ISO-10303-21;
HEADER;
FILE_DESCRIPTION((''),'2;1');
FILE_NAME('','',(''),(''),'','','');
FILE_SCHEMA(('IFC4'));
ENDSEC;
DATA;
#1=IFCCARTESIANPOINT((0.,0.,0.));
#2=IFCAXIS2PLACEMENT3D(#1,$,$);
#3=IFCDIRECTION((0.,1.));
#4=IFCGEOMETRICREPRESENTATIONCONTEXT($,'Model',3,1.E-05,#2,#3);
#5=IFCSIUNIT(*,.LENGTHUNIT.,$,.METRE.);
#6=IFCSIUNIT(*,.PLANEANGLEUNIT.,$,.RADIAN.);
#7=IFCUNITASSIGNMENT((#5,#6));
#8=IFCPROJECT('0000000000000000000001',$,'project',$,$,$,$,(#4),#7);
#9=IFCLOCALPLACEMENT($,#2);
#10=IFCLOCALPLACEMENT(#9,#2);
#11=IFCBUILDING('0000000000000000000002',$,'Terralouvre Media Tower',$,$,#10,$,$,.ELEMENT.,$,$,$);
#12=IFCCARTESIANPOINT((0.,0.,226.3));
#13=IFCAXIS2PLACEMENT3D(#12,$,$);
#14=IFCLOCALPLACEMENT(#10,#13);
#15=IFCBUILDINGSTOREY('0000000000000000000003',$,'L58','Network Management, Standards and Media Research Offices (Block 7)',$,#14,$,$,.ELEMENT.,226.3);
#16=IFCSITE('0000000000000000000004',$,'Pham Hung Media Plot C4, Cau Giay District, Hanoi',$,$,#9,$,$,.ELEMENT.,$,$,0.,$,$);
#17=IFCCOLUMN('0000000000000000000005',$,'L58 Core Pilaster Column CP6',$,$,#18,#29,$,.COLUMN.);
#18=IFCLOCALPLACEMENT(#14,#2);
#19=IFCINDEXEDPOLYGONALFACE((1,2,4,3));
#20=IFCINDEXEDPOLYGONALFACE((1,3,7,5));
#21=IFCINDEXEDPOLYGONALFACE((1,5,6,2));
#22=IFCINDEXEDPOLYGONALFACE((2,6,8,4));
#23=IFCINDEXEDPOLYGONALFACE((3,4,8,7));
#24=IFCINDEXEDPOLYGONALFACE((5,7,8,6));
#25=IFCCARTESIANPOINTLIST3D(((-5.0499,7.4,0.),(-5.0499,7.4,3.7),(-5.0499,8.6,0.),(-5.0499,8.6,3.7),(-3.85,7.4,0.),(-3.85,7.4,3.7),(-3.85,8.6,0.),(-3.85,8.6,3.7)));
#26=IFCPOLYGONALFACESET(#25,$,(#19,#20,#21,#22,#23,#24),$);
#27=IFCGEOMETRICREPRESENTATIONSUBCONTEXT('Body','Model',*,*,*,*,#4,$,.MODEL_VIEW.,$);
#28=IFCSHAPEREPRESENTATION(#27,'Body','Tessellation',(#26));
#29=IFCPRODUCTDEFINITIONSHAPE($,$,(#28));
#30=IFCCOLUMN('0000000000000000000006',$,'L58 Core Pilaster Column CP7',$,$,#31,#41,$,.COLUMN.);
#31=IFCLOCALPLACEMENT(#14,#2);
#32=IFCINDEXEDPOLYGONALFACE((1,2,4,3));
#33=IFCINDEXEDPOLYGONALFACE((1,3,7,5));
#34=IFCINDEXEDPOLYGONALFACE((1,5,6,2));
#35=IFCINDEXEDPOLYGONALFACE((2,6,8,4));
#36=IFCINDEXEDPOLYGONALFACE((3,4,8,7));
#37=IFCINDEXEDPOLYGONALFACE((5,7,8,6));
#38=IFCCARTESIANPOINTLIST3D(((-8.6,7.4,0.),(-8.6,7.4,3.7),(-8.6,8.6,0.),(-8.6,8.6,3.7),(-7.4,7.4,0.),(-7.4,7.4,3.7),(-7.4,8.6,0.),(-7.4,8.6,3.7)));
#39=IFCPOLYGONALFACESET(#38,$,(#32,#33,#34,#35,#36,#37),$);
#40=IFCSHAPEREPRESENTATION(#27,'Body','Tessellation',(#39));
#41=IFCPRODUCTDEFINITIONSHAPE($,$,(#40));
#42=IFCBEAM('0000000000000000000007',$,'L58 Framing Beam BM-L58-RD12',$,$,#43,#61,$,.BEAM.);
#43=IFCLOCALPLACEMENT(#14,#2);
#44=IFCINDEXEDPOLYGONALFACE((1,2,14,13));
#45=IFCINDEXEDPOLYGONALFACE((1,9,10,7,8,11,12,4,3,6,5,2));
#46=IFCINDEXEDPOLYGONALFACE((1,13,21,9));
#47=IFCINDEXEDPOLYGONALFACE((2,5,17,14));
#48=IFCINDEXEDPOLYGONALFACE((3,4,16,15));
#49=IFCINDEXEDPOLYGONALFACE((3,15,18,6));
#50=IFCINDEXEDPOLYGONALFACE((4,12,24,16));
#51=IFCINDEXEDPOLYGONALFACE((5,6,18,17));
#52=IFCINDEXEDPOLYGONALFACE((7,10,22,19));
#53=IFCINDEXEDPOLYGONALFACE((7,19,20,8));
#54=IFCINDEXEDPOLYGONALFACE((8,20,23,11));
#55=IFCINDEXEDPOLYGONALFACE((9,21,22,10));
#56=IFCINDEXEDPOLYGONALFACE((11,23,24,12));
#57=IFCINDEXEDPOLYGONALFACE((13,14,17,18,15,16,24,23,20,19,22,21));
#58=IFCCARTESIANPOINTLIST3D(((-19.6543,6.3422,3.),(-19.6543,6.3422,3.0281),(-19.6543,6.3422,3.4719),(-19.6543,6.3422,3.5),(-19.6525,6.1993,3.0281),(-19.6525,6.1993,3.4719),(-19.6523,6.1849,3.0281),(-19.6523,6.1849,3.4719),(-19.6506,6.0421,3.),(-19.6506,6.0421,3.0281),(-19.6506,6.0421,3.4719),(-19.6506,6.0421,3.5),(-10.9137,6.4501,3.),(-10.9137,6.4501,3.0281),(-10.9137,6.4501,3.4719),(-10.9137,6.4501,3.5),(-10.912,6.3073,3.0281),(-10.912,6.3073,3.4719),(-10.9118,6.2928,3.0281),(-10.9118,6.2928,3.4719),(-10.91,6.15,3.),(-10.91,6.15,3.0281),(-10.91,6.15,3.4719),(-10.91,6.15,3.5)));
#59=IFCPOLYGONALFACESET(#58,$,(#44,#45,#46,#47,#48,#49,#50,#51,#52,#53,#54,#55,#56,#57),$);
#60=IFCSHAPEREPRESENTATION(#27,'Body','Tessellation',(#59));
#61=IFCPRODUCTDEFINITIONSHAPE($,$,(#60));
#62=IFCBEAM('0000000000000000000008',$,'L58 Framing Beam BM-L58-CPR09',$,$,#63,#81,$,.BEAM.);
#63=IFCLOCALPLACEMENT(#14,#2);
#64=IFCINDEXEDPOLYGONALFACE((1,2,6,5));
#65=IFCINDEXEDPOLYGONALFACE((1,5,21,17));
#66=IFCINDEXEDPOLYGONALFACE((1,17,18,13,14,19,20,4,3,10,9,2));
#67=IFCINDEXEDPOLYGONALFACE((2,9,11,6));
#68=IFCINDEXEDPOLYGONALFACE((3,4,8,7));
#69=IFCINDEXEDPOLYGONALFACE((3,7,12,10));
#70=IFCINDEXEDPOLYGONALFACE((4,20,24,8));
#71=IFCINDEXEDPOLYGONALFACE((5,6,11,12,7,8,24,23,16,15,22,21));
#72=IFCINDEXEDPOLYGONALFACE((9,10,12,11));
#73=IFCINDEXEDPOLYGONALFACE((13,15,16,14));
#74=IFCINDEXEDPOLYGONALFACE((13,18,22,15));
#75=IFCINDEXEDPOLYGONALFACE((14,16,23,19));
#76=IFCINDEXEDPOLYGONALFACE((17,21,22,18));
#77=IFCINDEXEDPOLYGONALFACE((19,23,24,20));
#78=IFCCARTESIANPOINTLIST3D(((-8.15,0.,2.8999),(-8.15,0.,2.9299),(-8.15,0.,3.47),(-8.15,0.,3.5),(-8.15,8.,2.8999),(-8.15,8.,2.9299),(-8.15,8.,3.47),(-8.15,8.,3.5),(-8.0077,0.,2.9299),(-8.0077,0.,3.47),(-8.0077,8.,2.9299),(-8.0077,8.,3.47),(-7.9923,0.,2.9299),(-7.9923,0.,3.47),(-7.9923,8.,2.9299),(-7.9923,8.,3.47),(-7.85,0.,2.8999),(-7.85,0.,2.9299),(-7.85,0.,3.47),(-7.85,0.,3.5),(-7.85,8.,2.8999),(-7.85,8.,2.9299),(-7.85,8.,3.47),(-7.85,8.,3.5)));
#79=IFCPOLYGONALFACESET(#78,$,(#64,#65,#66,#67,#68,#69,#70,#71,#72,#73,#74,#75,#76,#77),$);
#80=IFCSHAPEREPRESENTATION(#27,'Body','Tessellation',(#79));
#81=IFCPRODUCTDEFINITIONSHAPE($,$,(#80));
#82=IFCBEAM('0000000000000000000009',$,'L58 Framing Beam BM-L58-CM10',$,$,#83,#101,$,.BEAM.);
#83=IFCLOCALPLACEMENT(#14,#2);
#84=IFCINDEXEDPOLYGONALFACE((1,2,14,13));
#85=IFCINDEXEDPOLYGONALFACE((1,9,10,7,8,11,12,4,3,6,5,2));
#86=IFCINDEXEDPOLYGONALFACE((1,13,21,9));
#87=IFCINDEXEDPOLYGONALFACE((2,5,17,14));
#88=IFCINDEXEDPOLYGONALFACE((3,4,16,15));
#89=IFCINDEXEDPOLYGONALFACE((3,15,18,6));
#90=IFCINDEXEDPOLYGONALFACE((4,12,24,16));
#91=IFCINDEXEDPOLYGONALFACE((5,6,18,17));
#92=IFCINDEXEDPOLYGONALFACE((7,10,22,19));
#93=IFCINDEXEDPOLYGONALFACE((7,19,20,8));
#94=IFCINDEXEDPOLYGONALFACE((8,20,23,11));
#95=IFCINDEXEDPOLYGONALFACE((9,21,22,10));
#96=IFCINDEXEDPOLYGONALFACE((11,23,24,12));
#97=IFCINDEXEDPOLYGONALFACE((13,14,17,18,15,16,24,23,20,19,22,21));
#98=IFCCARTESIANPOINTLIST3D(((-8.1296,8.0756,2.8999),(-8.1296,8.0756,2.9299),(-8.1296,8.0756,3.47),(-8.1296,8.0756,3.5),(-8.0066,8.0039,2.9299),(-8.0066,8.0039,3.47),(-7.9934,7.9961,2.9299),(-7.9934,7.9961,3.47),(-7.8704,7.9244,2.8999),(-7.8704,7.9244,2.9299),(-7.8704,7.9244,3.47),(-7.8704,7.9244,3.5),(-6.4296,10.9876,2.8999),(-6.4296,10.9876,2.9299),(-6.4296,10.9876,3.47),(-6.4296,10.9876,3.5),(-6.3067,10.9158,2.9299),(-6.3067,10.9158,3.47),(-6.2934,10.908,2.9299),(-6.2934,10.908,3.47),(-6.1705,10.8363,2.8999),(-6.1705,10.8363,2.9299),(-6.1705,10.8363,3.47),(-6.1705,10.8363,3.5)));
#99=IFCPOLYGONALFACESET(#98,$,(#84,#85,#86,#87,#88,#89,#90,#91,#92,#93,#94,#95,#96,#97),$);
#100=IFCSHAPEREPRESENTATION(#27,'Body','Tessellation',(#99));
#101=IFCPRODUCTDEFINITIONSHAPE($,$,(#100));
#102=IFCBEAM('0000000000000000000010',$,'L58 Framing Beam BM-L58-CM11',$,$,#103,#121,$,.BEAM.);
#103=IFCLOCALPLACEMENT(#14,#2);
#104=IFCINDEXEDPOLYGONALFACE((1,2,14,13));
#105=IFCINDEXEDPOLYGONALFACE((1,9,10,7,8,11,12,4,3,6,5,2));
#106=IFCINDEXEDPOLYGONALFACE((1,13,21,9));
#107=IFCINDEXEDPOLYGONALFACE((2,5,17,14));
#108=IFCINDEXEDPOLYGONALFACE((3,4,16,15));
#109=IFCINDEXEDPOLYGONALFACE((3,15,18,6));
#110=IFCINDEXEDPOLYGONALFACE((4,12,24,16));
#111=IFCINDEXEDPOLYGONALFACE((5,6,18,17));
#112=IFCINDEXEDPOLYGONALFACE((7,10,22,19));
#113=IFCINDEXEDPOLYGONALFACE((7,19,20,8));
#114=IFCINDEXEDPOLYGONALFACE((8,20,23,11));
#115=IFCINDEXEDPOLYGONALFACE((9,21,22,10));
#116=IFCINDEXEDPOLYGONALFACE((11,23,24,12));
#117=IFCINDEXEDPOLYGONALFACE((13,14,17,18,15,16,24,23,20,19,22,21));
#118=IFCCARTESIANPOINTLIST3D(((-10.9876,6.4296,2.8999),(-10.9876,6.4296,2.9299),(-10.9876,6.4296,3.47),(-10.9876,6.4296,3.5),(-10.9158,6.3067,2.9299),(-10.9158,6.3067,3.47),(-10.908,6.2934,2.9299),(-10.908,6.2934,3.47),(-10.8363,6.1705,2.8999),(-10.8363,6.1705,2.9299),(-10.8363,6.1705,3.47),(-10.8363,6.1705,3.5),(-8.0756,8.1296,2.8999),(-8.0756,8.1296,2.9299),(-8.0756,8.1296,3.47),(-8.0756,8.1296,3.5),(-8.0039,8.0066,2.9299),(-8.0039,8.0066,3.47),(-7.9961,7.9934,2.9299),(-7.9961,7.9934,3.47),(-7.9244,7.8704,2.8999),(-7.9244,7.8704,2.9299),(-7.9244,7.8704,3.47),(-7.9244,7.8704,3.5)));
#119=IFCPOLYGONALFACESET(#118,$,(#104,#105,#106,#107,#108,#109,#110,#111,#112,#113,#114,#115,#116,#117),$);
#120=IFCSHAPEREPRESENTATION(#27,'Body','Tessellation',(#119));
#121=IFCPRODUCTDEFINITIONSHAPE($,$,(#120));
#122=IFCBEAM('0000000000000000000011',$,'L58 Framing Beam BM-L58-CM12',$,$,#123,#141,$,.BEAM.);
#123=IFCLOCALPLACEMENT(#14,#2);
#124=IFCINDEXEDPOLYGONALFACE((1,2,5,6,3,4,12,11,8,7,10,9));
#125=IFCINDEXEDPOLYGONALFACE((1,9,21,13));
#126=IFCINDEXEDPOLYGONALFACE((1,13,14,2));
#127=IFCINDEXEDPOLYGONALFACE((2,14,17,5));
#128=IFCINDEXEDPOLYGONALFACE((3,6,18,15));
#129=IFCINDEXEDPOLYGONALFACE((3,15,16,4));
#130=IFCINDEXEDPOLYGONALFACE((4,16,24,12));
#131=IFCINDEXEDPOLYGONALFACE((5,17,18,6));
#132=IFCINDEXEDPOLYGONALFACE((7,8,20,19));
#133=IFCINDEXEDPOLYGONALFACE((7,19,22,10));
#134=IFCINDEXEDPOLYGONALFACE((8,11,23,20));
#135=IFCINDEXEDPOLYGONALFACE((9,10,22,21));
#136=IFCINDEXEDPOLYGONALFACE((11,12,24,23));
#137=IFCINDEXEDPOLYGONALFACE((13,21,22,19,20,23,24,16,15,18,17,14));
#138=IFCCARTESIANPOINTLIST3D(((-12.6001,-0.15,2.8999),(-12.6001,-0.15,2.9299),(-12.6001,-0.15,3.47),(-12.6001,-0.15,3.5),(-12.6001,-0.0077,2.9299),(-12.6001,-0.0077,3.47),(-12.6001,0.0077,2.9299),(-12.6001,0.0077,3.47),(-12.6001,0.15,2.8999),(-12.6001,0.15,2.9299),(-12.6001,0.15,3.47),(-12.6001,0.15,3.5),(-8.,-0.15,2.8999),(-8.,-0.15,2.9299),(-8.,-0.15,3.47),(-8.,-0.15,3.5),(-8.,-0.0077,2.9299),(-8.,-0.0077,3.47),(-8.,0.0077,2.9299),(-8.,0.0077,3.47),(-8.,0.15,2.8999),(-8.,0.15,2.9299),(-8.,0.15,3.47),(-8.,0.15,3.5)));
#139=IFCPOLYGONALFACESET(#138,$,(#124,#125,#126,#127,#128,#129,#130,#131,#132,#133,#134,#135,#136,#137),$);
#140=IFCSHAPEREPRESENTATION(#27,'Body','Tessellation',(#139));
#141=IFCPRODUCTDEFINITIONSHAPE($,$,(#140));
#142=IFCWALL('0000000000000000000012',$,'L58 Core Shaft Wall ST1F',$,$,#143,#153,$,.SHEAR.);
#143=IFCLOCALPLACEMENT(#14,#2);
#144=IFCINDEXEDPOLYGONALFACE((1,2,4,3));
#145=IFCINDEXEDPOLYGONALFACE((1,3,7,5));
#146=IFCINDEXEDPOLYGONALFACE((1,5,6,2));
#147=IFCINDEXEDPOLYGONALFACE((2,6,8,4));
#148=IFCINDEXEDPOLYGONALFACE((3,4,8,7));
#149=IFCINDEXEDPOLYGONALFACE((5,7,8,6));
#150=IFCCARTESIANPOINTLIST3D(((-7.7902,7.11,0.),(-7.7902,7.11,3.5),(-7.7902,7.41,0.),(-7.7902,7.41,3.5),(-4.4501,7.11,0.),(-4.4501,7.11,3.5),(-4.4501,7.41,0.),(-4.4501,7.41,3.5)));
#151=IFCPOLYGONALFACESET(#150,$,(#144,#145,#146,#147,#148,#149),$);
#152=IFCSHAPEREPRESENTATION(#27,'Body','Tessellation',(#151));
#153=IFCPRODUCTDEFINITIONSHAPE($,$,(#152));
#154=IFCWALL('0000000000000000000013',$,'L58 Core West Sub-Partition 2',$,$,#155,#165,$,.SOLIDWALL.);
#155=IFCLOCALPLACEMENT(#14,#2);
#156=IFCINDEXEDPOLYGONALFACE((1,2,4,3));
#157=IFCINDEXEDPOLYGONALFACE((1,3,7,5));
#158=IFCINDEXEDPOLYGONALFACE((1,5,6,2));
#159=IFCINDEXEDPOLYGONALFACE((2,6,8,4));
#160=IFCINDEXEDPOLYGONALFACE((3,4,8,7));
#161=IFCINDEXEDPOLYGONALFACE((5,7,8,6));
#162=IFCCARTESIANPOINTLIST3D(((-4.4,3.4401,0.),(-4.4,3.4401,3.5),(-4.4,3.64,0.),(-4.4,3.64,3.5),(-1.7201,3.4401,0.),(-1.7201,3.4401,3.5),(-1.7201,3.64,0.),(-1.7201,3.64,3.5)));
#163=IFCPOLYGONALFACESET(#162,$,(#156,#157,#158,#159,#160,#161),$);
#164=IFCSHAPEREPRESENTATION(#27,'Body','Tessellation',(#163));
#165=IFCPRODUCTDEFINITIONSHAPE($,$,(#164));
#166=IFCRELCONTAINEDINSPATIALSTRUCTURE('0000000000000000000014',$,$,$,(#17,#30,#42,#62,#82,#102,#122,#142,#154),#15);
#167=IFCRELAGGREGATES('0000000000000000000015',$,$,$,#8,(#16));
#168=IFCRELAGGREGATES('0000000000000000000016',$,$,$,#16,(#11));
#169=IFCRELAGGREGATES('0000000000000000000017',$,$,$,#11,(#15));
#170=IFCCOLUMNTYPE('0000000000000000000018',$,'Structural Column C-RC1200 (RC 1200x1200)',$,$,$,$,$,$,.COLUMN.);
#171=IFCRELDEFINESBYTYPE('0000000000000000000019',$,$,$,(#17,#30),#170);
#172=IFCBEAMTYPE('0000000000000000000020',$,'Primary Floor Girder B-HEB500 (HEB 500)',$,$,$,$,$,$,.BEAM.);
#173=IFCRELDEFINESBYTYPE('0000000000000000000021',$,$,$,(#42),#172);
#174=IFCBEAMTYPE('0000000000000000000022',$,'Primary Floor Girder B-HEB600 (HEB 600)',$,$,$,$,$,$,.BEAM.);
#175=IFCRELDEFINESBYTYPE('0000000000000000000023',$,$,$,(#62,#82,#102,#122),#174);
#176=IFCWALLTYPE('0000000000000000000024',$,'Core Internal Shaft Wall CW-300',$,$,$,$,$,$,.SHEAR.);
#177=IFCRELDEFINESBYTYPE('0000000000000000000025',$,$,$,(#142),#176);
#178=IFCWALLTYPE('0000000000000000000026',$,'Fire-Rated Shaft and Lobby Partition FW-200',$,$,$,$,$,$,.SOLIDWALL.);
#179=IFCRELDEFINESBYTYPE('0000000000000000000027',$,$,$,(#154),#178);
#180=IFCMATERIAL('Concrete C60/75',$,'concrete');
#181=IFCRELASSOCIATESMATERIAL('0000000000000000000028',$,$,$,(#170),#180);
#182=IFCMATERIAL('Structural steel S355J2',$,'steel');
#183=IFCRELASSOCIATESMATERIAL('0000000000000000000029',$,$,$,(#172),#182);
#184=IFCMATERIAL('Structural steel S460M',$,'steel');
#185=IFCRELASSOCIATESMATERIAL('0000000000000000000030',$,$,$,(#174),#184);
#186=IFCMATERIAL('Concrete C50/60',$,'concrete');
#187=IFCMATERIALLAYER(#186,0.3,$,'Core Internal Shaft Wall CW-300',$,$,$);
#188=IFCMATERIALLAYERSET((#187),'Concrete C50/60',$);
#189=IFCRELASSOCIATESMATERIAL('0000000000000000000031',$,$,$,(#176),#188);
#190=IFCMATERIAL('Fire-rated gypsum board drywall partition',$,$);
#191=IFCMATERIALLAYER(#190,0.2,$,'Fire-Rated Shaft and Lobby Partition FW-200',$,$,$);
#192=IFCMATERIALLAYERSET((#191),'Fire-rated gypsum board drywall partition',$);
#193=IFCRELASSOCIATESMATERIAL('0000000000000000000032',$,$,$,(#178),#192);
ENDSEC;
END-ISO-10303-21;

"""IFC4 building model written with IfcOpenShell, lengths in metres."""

from ifc_helpers import new_model, si_unit, direction, frame, frame_2d, origin, origin_2d, place, context, subcontext, project, spatial, rectangle, i_section, extrude, material, layer, layer_set, material_profile, profile_set, type_object, element, save


model = new_model("IFC4")

# Units and contexts
model_context = context("Model", 3, precision=1e-05, world=origin(), true_north=direction((0.0, 1.0)))
body_context = subcontext(model_context, "Body", "Model", "MODEL_VIEW")
ifc_project = project(units=[si_unit("LENGTHUNIT", "METRE"), si_unit("PLANEANGLEUNIT", "RADIAN")], contexts=[model_context])

# Site, building, storey
site_placement = place(None, origin())
site = spatial("IfcSite", under=ifc_project, at=site_placement, Name="Pham Hung Media Plot C4, Cau Giay District, Hanoi", CompositionType="ELEMENT", RefElevation=0.0)
building_placement = place(site_placement, origin())
building = spatial("IfcBuilding", under=site, at=building_placement, Name="Terralouvre Media Tower", CompositionType="ELEMENT")
storey_placement = place(building_placement, frame((0.0, 0.0, 226.3)))
storey = spatial("IfcBuildingStorey", under=building, at=storey_placement, Name="L58", Description="Network Management, Standards and Media Research Offices (Block 7)", CompositionType="ELEMENT", Elevation=226.3)

# Columns
ifc_material_1 = material(Name="Concrete C60/75", Category="concrete")
ifc_material_profile_1 = material_profile(ifc_material_1, rectangle(XDim=1.2, YDim=1.2, at=origin_2d()), Name="RC 1200x1200")
ifc_profile_set_1 = profile_set([ifc_material_profile_1], Name="Concrete C60/75")
column_type = type_object("IfcColumnType", Name="Structural Column C-RC1200 (RC 1200x1200)", PredefinedType="COLUMN", material=ifc_profile_set_1)
for number, where, z_axis, x_axis, name in (
    (1, (-4.45, 8.0, 0.0), (0.0, 0.0, 1.0), (1.0, 0.0, 0.0), "L58 Core Pilaster Column CP6"),
    (2, (-8.0, 8.0, 0.0), (0.0, 0.0, 1.0), (1.0, 0.0, 0.0), "L58 Core Pilaster Column CP7"),
):
    element("IfcColumn", number, at=place(storey_placement, frame(where, z_axis=z_axis, x_axis=x_axis)), inside=storey, type_object=column_type, Name=name, PredefinedType="COLUMN", context=body_context, shape_type="SweptSolid", body=[
        extrude(rectangle(XDim=1.2, YDim=1.2, at=origin_2d()), origin(), (0.0, 0.0, 1.0), 3.7),
    ])

# Beams
ifc_material_2 = material(Name="Structural steel S355J2", Category="steel")
ifc_material_profile_2 = material_profile(ifc_material_2, i_section(OverallWidth=0.3, OverallDepth=0.5, WebThickness=0.0144, FlangeThickness=0.0281, at=origin_2d()), Name="HEB 500")
ifc_profile_set_2 = profile_set([ifc_material_profile_2], Name="Structural steel S355J2")
beam_type_1 = type_object("IfcBeamType", Name="Primary Floor Girder B-HEB500 (HEB 500)", PredefinedType="BEAM", material=ifc_profile_set_2)
beam_1_placement = place(storey_placement, frame((-10.9119, 6.3, 3.25), z_axis=(-0.999924, -0.012345, 0.0), x_axis=(0.012345, -0.999924, 0.0)))
element("IfcBeam", 3, at=beam_1_placement, inside=storey, type_object=beam_type_1, Name="L58 Framing Beam BM-L58-RD12", PredefinedType="BEAM", context=body_context, shape_type="SweptSolid", body=[
    extrude(i_section(OverallWidth=0.3, OverallDepth=0.5, WebThickness=0.0144, FlangeThickness=0.0281, at=origin_2d()), origin(), (0.0, 0.0, 1.0), 8.7412),
])
ifc_material_3 = material(Name="Structural steel S460M", Category="steel")
ifc_material_profile_3 = material_profile(ifc_material_3, i_section(OverallWidth=0.3, OverallDepth=0.6001, WebThickness=0.0154, FlangeThickness=0.03, at=origin_2d()), Name="HEB 600")
ifc_profile_set_3 = profile_set([ifc_material_profile_3], Name="Structural steel S460M")
beam_type_2 = type_object("IfcBeamType", Name="Primary Floor Girder B-HEB600 (HEB 600)", PredefinedType="BEAM", material=ifc_profile_set_3)
beam_2_placement = place(storey_placement, frame((-8.0, 8.0, 3.2), z_axis=(0.0, -1.0, 0.0), x_axis=(1.0, 0.0, 0.0)))
element("IfcBeam", 4, at=beam_2_placement, inside=storey, type_object=beam_type_2, Name="L58 Framing Beam BM-L58-CPR09", PredefinedType="BEAM", context=body_context, shape_type="SweptSolid", body=[
    extrude(i_section(OverallWidth=0.3, OverallDepth=0.6001, WebThickness=0.0154, FlangeThickness=0.03, at=origin_2d()), origin(), (0.0, 0.0, 1.0), 8.0),
])
for number, where, z_axis, x_axis, name in (
    (5, (-8.0, 8.0, 3.2), (0.504173, 0.863603, 0.0), (-0.863603, 0.504173, 0.0), "L58 Framing Beam BM-L58-CM10"),
    (6, (-8.0, 8.0, 3.2), (-0.863603, -0.504173, 0.0), (0.504173, -0.863603, 0.0), "L58 Framing Beam BM-L58-CM11"),
):
    element("IfcBeam", number, at=place(storey_placement, frame(where, z_axis=z_axis, x_axis=x_axis)), inside=storey, type_object=beam_type_2, Name=name, PredefinedType="BEAM", context=body_context, shape_type="SweptSolid", body=[
        extrude(i_section(OverallWidth=0.3, OverallDepth=0.6001, WebThickness=0.0154, FlangeThickness=0.03, at=origin_2d()), origin(), (0.0, 0.0, 1.0), 3.3718),
    ])
beam_3_placement = place(storey_placement, frame((-8.0, 0.0, 3.2), z_axis=(-1.0, 0.0, 0.0), x_axis=(0.0, -1.0, 0.0)))
element("IfcBeam", 7, at=beam_3_placement, inside=storey, type_object=beam_type_2, Name="L58 Framing Beam BM-L58-CM12", PredefinedType="BEAM", context=body_context, shape_type="SweptSolid", body=[
    extrude(i_section(OverallWidth=0.3, OverallDepth=0.6001, WebThickness=0.0154, FlangeThickness=0.03, at=origin_2d()), origin(), (0.0, 0.0, 1.0), 4.6001),
])

# Shared definitions
ifc_material_4 = material(Name="Concrete C50/60", Category="concrete")
ifc_layer_1 = layer(ifc_material_4, 0.3, Name="Core Internal Shaft Wall CW-300")
ifc_layer_set_1 = layer_set([ifc_layer_1], Name="Concrete C50/60")
wall_type_1 = type_object("IfcWallType", Name="Core Internal Shaft Wall CW-300", PredefinedType="SHEAR", material=ifc_layer_set_1)

# Wall
wall_1_placement = place(storey_placement, frame((-7.79, 7.26, 0.0), z_axis=(0.0, 0.0, 1.0), x_axis=(1.0, 0.0, 0.0)))
element("IfcWall", 8, at=wall_1_placement, inside=storey, type_object=wall_type_1, Name="L58 Core Shaft Wall ST1F", PredefinedType="SHEAR", context=body_context, shape_type="SweptSolid", body=[
    extrude(rectangle(XDim=3.3401, YDim=0.3, at=frame_2d((1.6699, 0.0))), origin(), (0.0, 0.0, 1.0), 3.5),
])

# Wall
ifc_material_5 = material(Name="Fire-rated gypsum board drywall partition")
ifc_layer_2 = layer(ifc_material_5, 0.2, Name="Fire-Rated Shaft and Lobby Partition FW-200")
ifc_layer_set_2 = layer_set([ifc_layer_2], Name="Fire-rated gypsum board drywall partition")
wall_type_2 = type_object("IfcWallType", Name="Fire-Rated Shaft and Lobby Partition FW-200", PredefinedType="SOLIDWALL", material=ifc_layer_set_2)
wall_2_placement = place(storey_placement, frame((-4.3999, 3.54, 0.0), z_axis=(0.0, 0.0, 1.0), x_axis=(1.0, 0.0, 0.0)))
element("IfcWall", 9, at=wall_2_placement, inside=storey, type_object=wall_type_2, Name="L58 Core West Sub-Partition 2", PredefinedType="SOLIDWALL", context=body_context, shape_type="SweptSolid", body=[
    extrude(rectangle(XDim=2.6799, YDim=0.2, at=frame_2d((1.3398, 0.0))), origin(), (0.0, 0.0, 1.0), 3.5),
])

save(model, "model.ifc")
